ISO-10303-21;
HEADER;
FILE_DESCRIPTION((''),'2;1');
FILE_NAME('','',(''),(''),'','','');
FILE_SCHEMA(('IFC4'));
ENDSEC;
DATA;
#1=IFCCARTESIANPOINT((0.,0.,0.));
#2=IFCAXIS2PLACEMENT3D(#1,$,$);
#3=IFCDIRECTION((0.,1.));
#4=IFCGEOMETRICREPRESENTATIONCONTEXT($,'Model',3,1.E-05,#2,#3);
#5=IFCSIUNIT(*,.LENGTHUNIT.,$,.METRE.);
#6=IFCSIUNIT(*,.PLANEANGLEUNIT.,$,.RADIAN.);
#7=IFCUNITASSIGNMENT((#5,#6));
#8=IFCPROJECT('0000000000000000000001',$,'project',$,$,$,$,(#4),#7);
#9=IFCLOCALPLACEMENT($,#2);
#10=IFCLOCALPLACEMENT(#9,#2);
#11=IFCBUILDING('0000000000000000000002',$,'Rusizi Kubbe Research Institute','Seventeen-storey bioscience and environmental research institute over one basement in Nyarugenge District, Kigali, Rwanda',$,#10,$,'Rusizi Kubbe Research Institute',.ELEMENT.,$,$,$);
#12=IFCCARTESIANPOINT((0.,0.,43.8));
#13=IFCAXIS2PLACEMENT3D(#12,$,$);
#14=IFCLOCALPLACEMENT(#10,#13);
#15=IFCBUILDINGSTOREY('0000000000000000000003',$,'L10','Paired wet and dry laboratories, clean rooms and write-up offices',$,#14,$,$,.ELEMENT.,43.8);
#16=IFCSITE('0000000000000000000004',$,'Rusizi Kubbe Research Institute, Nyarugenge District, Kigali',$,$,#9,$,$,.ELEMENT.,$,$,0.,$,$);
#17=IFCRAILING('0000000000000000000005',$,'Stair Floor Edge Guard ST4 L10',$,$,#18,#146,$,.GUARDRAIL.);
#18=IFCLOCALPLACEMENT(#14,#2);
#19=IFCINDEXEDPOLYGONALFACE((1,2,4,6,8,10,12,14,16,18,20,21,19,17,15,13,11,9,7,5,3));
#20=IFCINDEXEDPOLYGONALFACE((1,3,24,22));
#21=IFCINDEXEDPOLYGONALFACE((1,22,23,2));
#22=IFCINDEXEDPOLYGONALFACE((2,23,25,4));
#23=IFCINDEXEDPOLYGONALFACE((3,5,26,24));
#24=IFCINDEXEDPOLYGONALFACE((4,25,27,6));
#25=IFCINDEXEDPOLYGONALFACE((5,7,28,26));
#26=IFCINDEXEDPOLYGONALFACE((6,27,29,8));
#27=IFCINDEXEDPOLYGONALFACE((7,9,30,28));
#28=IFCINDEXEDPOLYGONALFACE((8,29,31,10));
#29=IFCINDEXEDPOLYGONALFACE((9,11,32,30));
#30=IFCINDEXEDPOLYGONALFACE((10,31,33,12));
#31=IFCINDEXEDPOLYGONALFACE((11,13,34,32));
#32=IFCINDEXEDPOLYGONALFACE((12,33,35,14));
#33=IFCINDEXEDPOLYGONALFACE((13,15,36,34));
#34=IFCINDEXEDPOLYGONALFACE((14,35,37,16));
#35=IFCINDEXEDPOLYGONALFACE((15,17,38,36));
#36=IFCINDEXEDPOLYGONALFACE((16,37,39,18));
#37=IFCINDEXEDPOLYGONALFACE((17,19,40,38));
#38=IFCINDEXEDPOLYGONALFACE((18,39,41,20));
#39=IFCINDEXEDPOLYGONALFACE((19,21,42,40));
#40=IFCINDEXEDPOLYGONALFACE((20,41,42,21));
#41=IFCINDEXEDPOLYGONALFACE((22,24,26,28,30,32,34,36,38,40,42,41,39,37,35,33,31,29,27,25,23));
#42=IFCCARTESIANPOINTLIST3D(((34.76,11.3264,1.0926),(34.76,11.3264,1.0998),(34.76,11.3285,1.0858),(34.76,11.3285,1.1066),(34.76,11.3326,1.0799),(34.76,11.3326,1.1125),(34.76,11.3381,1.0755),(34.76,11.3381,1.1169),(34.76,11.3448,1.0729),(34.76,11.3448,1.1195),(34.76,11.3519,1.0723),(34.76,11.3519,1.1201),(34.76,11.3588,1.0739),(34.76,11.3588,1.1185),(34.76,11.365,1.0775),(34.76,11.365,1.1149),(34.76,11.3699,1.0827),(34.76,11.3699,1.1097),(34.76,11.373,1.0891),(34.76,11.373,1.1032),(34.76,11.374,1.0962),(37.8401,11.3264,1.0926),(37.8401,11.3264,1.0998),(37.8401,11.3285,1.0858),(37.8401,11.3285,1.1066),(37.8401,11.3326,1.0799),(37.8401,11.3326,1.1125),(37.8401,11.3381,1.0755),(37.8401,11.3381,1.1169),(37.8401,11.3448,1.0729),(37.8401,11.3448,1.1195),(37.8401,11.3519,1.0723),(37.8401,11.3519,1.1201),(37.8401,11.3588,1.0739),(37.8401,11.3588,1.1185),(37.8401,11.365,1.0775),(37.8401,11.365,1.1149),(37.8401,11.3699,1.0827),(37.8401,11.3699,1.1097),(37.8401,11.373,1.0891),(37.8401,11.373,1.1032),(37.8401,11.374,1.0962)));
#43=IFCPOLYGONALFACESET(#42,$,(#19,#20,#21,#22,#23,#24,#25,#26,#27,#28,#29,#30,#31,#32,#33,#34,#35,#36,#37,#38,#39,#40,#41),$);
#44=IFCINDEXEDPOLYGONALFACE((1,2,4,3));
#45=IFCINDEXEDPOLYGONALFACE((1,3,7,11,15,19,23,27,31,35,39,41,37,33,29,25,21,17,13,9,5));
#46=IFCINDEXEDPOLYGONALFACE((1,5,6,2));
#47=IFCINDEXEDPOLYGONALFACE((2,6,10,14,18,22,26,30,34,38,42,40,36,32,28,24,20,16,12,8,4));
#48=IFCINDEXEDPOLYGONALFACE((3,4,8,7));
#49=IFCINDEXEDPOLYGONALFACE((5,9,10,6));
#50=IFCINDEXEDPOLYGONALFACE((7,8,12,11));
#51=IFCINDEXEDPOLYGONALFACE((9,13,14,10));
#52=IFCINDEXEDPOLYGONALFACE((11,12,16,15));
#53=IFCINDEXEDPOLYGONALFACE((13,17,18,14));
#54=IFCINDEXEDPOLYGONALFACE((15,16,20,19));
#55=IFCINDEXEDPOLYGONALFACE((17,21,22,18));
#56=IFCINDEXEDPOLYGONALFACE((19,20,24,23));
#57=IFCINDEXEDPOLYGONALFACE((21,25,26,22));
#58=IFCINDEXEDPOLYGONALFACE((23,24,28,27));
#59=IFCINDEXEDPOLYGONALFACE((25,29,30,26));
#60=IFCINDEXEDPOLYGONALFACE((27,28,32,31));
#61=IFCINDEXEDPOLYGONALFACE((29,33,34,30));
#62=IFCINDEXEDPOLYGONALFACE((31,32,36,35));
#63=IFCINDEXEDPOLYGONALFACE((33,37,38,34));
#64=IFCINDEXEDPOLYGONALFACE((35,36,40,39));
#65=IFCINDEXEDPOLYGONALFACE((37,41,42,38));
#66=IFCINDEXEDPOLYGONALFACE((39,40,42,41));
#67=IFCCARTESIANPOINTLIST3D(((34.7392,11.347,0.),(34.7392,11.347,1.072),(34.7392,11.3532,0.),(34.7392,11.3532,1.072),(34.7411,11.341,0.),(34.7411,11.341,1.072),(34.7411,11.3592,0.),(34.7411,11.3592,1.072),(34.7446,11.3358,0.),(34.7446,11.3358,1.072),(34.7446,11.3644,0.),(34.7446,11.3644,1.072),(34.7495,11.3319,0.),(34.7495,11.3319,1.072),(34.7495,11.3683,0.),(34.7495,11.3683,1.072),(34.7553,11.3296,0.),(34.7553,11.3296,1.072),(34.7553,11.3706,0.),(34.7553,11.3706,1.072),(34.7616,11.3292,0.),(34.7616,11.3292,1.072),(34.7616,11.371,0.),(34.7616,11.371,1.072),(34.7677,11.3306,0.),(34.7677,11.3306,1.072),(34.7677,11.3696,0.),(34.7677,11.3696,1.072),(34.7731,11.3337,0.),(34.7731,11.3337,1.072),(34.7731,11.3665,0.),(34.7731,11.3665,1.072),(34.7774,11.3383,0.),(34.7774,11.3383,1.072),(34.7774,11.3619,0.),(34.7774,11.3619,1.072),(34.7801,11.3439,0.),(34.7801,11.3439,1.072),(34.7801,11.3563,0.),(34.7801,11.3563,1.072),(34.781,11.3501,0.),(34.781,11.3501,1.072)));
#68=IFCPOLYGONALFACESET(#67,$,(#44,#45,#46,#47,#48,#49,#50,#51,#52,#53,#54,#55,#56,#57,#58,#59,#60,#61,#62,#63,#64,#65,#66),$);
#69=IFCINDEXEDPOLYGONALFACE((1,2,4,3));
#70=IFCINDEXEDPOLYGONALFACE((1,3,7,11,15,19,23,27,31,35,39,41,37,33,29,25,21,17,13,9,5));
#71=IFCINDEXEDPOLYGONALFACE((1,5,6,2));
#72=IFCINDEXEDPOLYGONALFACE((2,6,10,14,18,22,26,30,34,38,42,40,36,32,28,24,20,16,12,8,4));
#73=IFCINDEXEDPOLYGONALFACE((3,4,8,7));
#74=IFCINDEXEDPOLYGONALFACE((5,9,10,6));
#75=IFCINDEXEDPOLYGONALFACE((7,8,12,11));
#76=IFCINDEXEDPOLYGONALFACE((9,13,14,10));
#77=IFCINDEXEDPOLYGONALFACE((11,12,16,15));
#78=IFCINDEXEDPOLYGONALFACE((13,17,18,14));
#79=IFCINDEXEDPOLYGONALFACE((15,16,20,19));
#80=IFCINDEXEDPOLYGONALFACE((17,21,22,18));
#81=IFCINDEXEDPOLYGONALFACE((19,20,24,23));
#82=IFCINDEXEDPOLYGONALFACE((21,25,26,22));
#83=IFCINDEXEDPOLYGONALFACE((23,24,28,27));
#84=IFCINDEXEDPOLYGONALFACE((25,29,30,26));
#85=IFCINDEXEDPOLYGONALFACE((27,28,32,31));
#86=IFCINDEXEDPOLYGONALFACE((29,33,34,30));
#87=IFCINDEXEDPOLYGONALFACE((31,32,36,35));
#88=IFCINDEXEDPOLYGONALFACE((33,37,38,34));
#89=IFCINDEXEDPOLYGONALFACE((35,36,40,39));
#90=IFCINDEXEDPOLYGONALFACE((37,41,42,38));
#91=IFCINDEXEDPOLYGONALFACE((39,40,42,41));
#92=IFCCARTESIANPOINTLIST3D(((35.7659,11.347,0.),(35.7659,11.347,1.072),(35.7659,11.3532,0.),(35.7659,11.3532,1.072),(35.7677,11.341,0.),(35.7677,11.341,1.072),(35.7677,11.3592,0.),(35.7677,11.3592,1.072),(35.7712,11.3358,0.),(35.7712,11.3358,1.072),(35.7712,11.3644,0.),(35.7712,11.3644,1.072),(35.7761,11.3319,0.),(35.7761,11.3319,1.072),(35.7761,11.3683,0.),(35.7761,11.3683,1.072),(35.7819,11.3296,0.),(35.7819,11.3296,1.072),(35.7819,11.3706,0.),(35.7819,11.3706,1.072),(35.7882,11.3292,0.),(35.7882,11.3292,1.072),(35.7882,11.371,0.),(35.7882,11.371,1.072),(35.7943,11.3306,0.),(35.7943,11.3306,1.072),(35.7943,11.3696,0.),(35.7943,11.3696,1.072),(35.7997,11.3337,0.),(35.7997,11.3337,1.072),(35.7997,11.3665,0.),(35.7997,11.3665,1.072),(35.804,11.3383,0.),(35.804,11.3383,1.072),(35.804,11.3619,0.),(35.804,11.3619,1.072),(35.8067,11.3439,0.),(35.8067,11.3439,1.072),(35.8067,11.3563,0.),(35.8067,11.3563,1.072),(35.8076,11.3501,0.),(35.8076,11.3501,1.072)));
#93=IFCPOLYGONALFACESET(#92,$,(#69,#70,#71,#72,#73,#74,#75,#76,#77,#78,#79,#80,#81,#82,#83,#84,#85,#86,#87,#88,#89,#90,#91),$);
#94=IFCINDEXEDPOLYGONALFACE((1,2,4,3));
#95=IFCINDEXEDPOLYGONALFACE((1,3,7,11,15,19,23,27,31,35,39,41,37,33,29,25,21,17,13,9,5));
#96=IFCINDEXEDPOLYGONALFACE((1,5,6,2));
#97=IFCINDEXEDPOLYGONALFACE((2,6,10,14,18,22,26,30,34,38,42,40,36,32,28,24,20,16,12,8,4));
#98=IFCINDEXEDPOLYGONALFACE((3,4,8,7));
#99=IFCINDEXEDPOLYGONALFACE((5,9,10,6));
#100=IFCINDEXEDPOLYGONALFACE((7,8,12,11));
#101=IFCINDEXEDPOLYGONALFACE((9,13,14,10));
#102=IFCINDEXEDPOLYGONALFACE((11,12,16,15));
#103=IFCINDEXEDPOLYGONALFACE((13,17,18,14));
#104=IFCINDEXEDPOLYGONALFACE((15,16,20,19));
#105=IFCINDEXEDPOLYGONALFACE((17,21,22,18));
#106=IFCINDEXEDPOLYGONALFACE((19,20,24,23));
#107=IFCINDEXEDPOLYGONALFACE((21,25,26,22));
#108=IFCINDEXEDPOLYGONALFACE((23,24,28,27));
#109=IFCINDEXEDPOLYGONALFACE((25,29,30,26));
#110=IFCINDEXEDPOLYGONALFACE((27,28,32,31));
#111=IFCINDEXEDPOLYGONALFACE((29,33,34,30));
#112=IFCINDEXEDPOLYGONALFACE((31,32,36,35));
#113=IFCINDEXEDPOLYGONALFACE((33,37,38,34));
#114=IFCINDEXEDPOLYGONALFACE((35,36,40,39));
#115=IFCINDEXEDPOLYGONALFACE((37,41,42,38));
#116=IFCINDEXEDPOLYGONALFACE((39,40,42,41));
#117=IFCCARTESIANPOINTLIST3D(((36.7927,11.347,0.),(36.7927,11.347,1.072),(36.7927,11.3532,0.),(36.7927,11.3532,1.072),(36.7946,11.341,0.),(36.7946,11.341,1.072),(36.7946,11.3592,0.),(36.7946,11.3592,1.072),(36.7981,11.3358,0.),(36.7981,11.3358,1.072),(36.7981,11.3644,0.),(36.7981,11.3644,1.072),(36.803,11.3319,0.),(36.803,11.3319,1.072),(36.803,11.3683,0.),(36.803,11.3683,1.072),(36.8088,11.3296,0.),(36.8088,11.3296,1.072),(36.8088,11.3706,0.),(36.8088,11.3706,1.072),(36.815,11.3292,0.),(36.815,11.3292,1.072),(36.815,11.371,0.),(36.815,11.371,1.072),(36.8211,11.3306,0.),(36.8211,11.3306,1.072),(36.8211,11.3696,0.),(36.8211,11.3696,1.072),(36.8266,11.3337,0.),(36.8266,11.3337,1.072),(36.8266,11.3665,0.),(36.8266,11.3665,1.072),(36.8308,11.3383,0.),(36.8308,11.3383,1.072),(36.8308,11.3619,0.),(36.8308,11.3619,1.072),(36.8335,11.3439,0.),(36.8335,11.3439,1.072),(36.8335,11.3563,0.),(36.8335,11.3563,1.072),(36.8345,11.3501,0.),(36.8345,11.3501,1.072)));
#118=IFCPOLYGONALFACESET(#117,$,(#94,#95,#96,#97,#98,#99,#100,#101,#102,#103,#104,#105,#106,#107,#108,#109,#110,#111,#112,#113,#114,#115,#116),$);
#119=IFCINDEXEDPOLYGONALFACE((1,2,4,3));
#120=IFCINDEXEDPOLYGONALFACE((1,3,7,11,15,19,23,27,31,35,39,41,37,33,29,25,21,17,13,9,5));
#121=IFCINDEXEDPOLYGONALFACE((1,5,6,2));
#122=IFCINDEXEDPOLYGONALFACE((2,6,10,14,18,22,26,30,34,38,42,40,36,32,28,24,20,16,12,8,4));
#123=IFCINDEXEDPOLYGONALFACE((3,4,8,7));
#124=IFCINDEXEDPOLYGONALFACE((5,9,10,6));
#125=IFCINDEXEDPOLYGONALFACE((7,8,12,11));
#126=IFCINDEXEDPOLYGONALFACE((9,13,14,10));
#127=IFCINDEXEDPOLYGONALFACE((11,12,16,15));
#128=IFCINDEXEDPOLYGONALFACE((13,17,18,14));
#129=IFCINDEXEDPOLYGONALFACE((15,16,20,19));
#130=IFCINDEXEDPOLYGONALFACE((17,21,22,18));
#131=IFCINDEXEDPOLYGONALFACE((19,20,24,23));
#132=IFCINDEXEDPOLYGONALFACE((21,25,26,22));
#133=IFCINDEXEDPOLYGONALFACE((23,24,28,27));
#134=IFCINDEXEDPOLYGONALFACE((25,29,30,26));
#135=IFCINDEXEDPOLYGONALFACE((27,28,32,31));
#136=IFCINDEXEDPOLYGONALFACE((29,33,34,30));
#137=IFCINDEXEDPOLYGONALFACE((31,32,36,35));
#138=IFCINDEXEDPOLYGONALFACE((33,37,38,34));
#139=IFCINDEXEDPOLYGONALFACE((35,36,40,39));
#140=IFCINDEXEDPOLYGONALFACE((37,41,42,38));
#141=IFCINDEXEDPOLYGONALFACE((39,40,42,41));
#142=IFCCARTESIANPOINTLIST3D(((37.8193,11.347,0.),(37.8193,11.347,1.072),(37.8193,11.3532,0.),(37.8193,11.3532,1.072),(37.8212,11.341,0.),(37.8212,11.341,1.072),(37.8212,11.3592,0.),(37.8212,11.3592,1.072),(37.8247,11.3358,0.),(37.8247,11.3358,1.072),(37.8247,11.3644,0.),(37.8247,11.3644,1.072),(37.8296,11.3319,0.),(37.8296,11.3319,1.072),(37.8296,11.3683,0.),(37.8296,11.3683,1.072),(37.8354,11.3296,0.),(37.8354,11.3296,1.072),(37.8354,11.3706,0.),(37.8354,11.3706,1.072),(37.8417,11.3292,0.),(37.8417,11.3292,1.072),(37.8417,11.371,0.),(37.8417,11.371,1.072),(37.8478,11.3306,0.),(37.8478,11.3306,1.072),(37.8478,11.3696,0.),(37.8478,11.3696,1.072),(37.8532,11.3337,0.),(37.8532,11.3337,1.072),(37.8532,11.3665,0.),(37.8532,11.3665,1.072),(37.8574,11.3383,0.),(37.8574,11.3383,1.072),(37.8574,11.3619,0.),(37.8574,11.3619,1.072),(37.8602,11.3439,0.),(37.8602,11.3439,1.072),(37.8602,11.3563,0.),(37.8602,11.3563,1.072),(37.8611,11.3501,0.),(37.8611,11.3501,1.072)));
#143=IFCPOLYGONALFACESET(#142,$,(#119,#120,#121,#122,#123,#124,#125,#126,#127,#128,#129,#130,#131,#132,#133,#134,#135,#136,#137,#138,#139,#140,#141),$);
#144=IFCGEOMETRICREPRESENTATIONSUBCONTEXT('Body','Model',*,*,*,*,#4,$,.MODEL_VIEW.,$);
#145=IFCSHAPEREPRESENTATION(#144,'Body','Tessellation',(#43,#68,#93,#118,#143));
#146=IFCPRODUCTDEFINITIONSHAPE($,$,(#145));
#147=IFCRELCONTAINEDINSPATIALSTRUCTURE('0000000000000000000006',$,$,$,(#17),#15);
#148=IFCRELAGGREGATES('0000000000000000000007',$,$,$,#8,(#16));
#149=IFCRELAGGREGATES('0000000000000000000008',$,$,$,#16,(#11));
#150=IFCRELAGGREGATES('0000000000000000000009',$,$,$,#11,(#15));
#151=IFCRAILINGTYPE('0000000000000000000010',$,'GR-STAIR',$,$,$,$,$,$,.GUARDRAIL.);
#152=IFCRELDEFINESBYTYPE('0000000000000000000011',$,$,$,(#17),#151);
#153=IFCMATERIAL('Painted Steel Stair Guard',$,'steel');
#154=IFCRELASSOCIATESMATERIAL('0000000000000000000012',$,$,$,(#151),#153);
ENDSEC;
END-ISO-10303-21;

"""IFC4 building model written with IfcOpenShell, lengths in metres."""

from ifc_helpers import new_model, si_unit, direction, frame, origin, origin_2d, place, context, subcontext, project, spatial, circle, extrude, material, type_object, element, save


model = new_model("IFC4")

# Units and contexts
model_context = context("Model", 3, precision=1e-05, world=origin(), true_north=direction((0.0, 1.0)))
body_context = subcontext(model_context, "Body", "Model", "MODEL_VIEW")
ifc_project = project(units=[si_unit("LENGTHUNIT", "METRE"), si_unit("PLANEANGLEUNIT", "RADIAN")], contexts=[model_context])

# Site, building, storey
site_placement = place(None, origin())
site = spatial("IfcSite", under=ifc_project, at=site_placement, Name="Rusizi Kubbe Research Institute, Nyarugenge District, Kigali", CompositionType="ELEMENT", RefElevation=0.0)
building_placement = place(site_placement, origin())
building = spatial("IfcBuilding", under=site, at=building_placement, Name="Rusizi Kubbe Research Institute", Description="Seventeen-storey bioscience and environmental research institute over one basement in Nyarugenge District, Kigali, Rwanda", LongName="Rusizi Kubbe Research Institute", CompositionType="ELEMENT")
storey_placement = place(building_placement, frame((0.0, 0.0, 43.8)))
storey = spatial("IfcBuildingStorey", under=building, at=storey_placement, Name="L10", Description="Paired wet and dry laboratories, clean rooms and write-up offices", CompositionType="ELEMENT", Elevation=43.8)

# Railing
ifc_material_1 = material(Name="Painted Steel Stair Guard", Category="steel")
railing_type_1 = type_object("IfcRailingType", Name="GR-STAIR", PredefinedType="GUARDRAIL", material=ifc_material_1)
railing_1_placement = place(storey_placement, frame((34.76, 11.3501, 0.0)))
element("IfcRailing", 1, at=railing_1_placement, inside=storey, type_object=railing_type_1, Name="Stair Floor Edge Guard ST4 L10", PredefinedType="GUARDRAIL", context=body_context, shape_type="SweptSolid", body=[
    extrude(circle(Radius=0.0239, at=origin_2d()), frame((0.0, 0.0, 1.0962), z_axis=(1.0, 0.0, 0.0), x_axis=(0.0, 1.0, 0.0)), (0.0, 0.0, 1.0), 3.0801),
    extrude(circle(Radius=0.021, at=origin_2d()), origin(), (0.0, 0.0, 1.0), 1.072),
    extrude(circle(Radius=0.021, at=origin_2d()), frame((1.0266, 0.0, 0.0)), (0.0, 0.0, 1.0), 1.072),
    extrude(circle(Radius=0.021, at=origin_2d()), frame((2.0535, 0.0, 0.0)), (0.0, 0.0, 1.0), 1.072),
    extrude(circle(Radius=0.021, at=origin_2d()), frame((3.0801, 0.0, 0.0)), (0.0, 0.0, 1.0), 1.072),
])

save(model, "model.ifc")
